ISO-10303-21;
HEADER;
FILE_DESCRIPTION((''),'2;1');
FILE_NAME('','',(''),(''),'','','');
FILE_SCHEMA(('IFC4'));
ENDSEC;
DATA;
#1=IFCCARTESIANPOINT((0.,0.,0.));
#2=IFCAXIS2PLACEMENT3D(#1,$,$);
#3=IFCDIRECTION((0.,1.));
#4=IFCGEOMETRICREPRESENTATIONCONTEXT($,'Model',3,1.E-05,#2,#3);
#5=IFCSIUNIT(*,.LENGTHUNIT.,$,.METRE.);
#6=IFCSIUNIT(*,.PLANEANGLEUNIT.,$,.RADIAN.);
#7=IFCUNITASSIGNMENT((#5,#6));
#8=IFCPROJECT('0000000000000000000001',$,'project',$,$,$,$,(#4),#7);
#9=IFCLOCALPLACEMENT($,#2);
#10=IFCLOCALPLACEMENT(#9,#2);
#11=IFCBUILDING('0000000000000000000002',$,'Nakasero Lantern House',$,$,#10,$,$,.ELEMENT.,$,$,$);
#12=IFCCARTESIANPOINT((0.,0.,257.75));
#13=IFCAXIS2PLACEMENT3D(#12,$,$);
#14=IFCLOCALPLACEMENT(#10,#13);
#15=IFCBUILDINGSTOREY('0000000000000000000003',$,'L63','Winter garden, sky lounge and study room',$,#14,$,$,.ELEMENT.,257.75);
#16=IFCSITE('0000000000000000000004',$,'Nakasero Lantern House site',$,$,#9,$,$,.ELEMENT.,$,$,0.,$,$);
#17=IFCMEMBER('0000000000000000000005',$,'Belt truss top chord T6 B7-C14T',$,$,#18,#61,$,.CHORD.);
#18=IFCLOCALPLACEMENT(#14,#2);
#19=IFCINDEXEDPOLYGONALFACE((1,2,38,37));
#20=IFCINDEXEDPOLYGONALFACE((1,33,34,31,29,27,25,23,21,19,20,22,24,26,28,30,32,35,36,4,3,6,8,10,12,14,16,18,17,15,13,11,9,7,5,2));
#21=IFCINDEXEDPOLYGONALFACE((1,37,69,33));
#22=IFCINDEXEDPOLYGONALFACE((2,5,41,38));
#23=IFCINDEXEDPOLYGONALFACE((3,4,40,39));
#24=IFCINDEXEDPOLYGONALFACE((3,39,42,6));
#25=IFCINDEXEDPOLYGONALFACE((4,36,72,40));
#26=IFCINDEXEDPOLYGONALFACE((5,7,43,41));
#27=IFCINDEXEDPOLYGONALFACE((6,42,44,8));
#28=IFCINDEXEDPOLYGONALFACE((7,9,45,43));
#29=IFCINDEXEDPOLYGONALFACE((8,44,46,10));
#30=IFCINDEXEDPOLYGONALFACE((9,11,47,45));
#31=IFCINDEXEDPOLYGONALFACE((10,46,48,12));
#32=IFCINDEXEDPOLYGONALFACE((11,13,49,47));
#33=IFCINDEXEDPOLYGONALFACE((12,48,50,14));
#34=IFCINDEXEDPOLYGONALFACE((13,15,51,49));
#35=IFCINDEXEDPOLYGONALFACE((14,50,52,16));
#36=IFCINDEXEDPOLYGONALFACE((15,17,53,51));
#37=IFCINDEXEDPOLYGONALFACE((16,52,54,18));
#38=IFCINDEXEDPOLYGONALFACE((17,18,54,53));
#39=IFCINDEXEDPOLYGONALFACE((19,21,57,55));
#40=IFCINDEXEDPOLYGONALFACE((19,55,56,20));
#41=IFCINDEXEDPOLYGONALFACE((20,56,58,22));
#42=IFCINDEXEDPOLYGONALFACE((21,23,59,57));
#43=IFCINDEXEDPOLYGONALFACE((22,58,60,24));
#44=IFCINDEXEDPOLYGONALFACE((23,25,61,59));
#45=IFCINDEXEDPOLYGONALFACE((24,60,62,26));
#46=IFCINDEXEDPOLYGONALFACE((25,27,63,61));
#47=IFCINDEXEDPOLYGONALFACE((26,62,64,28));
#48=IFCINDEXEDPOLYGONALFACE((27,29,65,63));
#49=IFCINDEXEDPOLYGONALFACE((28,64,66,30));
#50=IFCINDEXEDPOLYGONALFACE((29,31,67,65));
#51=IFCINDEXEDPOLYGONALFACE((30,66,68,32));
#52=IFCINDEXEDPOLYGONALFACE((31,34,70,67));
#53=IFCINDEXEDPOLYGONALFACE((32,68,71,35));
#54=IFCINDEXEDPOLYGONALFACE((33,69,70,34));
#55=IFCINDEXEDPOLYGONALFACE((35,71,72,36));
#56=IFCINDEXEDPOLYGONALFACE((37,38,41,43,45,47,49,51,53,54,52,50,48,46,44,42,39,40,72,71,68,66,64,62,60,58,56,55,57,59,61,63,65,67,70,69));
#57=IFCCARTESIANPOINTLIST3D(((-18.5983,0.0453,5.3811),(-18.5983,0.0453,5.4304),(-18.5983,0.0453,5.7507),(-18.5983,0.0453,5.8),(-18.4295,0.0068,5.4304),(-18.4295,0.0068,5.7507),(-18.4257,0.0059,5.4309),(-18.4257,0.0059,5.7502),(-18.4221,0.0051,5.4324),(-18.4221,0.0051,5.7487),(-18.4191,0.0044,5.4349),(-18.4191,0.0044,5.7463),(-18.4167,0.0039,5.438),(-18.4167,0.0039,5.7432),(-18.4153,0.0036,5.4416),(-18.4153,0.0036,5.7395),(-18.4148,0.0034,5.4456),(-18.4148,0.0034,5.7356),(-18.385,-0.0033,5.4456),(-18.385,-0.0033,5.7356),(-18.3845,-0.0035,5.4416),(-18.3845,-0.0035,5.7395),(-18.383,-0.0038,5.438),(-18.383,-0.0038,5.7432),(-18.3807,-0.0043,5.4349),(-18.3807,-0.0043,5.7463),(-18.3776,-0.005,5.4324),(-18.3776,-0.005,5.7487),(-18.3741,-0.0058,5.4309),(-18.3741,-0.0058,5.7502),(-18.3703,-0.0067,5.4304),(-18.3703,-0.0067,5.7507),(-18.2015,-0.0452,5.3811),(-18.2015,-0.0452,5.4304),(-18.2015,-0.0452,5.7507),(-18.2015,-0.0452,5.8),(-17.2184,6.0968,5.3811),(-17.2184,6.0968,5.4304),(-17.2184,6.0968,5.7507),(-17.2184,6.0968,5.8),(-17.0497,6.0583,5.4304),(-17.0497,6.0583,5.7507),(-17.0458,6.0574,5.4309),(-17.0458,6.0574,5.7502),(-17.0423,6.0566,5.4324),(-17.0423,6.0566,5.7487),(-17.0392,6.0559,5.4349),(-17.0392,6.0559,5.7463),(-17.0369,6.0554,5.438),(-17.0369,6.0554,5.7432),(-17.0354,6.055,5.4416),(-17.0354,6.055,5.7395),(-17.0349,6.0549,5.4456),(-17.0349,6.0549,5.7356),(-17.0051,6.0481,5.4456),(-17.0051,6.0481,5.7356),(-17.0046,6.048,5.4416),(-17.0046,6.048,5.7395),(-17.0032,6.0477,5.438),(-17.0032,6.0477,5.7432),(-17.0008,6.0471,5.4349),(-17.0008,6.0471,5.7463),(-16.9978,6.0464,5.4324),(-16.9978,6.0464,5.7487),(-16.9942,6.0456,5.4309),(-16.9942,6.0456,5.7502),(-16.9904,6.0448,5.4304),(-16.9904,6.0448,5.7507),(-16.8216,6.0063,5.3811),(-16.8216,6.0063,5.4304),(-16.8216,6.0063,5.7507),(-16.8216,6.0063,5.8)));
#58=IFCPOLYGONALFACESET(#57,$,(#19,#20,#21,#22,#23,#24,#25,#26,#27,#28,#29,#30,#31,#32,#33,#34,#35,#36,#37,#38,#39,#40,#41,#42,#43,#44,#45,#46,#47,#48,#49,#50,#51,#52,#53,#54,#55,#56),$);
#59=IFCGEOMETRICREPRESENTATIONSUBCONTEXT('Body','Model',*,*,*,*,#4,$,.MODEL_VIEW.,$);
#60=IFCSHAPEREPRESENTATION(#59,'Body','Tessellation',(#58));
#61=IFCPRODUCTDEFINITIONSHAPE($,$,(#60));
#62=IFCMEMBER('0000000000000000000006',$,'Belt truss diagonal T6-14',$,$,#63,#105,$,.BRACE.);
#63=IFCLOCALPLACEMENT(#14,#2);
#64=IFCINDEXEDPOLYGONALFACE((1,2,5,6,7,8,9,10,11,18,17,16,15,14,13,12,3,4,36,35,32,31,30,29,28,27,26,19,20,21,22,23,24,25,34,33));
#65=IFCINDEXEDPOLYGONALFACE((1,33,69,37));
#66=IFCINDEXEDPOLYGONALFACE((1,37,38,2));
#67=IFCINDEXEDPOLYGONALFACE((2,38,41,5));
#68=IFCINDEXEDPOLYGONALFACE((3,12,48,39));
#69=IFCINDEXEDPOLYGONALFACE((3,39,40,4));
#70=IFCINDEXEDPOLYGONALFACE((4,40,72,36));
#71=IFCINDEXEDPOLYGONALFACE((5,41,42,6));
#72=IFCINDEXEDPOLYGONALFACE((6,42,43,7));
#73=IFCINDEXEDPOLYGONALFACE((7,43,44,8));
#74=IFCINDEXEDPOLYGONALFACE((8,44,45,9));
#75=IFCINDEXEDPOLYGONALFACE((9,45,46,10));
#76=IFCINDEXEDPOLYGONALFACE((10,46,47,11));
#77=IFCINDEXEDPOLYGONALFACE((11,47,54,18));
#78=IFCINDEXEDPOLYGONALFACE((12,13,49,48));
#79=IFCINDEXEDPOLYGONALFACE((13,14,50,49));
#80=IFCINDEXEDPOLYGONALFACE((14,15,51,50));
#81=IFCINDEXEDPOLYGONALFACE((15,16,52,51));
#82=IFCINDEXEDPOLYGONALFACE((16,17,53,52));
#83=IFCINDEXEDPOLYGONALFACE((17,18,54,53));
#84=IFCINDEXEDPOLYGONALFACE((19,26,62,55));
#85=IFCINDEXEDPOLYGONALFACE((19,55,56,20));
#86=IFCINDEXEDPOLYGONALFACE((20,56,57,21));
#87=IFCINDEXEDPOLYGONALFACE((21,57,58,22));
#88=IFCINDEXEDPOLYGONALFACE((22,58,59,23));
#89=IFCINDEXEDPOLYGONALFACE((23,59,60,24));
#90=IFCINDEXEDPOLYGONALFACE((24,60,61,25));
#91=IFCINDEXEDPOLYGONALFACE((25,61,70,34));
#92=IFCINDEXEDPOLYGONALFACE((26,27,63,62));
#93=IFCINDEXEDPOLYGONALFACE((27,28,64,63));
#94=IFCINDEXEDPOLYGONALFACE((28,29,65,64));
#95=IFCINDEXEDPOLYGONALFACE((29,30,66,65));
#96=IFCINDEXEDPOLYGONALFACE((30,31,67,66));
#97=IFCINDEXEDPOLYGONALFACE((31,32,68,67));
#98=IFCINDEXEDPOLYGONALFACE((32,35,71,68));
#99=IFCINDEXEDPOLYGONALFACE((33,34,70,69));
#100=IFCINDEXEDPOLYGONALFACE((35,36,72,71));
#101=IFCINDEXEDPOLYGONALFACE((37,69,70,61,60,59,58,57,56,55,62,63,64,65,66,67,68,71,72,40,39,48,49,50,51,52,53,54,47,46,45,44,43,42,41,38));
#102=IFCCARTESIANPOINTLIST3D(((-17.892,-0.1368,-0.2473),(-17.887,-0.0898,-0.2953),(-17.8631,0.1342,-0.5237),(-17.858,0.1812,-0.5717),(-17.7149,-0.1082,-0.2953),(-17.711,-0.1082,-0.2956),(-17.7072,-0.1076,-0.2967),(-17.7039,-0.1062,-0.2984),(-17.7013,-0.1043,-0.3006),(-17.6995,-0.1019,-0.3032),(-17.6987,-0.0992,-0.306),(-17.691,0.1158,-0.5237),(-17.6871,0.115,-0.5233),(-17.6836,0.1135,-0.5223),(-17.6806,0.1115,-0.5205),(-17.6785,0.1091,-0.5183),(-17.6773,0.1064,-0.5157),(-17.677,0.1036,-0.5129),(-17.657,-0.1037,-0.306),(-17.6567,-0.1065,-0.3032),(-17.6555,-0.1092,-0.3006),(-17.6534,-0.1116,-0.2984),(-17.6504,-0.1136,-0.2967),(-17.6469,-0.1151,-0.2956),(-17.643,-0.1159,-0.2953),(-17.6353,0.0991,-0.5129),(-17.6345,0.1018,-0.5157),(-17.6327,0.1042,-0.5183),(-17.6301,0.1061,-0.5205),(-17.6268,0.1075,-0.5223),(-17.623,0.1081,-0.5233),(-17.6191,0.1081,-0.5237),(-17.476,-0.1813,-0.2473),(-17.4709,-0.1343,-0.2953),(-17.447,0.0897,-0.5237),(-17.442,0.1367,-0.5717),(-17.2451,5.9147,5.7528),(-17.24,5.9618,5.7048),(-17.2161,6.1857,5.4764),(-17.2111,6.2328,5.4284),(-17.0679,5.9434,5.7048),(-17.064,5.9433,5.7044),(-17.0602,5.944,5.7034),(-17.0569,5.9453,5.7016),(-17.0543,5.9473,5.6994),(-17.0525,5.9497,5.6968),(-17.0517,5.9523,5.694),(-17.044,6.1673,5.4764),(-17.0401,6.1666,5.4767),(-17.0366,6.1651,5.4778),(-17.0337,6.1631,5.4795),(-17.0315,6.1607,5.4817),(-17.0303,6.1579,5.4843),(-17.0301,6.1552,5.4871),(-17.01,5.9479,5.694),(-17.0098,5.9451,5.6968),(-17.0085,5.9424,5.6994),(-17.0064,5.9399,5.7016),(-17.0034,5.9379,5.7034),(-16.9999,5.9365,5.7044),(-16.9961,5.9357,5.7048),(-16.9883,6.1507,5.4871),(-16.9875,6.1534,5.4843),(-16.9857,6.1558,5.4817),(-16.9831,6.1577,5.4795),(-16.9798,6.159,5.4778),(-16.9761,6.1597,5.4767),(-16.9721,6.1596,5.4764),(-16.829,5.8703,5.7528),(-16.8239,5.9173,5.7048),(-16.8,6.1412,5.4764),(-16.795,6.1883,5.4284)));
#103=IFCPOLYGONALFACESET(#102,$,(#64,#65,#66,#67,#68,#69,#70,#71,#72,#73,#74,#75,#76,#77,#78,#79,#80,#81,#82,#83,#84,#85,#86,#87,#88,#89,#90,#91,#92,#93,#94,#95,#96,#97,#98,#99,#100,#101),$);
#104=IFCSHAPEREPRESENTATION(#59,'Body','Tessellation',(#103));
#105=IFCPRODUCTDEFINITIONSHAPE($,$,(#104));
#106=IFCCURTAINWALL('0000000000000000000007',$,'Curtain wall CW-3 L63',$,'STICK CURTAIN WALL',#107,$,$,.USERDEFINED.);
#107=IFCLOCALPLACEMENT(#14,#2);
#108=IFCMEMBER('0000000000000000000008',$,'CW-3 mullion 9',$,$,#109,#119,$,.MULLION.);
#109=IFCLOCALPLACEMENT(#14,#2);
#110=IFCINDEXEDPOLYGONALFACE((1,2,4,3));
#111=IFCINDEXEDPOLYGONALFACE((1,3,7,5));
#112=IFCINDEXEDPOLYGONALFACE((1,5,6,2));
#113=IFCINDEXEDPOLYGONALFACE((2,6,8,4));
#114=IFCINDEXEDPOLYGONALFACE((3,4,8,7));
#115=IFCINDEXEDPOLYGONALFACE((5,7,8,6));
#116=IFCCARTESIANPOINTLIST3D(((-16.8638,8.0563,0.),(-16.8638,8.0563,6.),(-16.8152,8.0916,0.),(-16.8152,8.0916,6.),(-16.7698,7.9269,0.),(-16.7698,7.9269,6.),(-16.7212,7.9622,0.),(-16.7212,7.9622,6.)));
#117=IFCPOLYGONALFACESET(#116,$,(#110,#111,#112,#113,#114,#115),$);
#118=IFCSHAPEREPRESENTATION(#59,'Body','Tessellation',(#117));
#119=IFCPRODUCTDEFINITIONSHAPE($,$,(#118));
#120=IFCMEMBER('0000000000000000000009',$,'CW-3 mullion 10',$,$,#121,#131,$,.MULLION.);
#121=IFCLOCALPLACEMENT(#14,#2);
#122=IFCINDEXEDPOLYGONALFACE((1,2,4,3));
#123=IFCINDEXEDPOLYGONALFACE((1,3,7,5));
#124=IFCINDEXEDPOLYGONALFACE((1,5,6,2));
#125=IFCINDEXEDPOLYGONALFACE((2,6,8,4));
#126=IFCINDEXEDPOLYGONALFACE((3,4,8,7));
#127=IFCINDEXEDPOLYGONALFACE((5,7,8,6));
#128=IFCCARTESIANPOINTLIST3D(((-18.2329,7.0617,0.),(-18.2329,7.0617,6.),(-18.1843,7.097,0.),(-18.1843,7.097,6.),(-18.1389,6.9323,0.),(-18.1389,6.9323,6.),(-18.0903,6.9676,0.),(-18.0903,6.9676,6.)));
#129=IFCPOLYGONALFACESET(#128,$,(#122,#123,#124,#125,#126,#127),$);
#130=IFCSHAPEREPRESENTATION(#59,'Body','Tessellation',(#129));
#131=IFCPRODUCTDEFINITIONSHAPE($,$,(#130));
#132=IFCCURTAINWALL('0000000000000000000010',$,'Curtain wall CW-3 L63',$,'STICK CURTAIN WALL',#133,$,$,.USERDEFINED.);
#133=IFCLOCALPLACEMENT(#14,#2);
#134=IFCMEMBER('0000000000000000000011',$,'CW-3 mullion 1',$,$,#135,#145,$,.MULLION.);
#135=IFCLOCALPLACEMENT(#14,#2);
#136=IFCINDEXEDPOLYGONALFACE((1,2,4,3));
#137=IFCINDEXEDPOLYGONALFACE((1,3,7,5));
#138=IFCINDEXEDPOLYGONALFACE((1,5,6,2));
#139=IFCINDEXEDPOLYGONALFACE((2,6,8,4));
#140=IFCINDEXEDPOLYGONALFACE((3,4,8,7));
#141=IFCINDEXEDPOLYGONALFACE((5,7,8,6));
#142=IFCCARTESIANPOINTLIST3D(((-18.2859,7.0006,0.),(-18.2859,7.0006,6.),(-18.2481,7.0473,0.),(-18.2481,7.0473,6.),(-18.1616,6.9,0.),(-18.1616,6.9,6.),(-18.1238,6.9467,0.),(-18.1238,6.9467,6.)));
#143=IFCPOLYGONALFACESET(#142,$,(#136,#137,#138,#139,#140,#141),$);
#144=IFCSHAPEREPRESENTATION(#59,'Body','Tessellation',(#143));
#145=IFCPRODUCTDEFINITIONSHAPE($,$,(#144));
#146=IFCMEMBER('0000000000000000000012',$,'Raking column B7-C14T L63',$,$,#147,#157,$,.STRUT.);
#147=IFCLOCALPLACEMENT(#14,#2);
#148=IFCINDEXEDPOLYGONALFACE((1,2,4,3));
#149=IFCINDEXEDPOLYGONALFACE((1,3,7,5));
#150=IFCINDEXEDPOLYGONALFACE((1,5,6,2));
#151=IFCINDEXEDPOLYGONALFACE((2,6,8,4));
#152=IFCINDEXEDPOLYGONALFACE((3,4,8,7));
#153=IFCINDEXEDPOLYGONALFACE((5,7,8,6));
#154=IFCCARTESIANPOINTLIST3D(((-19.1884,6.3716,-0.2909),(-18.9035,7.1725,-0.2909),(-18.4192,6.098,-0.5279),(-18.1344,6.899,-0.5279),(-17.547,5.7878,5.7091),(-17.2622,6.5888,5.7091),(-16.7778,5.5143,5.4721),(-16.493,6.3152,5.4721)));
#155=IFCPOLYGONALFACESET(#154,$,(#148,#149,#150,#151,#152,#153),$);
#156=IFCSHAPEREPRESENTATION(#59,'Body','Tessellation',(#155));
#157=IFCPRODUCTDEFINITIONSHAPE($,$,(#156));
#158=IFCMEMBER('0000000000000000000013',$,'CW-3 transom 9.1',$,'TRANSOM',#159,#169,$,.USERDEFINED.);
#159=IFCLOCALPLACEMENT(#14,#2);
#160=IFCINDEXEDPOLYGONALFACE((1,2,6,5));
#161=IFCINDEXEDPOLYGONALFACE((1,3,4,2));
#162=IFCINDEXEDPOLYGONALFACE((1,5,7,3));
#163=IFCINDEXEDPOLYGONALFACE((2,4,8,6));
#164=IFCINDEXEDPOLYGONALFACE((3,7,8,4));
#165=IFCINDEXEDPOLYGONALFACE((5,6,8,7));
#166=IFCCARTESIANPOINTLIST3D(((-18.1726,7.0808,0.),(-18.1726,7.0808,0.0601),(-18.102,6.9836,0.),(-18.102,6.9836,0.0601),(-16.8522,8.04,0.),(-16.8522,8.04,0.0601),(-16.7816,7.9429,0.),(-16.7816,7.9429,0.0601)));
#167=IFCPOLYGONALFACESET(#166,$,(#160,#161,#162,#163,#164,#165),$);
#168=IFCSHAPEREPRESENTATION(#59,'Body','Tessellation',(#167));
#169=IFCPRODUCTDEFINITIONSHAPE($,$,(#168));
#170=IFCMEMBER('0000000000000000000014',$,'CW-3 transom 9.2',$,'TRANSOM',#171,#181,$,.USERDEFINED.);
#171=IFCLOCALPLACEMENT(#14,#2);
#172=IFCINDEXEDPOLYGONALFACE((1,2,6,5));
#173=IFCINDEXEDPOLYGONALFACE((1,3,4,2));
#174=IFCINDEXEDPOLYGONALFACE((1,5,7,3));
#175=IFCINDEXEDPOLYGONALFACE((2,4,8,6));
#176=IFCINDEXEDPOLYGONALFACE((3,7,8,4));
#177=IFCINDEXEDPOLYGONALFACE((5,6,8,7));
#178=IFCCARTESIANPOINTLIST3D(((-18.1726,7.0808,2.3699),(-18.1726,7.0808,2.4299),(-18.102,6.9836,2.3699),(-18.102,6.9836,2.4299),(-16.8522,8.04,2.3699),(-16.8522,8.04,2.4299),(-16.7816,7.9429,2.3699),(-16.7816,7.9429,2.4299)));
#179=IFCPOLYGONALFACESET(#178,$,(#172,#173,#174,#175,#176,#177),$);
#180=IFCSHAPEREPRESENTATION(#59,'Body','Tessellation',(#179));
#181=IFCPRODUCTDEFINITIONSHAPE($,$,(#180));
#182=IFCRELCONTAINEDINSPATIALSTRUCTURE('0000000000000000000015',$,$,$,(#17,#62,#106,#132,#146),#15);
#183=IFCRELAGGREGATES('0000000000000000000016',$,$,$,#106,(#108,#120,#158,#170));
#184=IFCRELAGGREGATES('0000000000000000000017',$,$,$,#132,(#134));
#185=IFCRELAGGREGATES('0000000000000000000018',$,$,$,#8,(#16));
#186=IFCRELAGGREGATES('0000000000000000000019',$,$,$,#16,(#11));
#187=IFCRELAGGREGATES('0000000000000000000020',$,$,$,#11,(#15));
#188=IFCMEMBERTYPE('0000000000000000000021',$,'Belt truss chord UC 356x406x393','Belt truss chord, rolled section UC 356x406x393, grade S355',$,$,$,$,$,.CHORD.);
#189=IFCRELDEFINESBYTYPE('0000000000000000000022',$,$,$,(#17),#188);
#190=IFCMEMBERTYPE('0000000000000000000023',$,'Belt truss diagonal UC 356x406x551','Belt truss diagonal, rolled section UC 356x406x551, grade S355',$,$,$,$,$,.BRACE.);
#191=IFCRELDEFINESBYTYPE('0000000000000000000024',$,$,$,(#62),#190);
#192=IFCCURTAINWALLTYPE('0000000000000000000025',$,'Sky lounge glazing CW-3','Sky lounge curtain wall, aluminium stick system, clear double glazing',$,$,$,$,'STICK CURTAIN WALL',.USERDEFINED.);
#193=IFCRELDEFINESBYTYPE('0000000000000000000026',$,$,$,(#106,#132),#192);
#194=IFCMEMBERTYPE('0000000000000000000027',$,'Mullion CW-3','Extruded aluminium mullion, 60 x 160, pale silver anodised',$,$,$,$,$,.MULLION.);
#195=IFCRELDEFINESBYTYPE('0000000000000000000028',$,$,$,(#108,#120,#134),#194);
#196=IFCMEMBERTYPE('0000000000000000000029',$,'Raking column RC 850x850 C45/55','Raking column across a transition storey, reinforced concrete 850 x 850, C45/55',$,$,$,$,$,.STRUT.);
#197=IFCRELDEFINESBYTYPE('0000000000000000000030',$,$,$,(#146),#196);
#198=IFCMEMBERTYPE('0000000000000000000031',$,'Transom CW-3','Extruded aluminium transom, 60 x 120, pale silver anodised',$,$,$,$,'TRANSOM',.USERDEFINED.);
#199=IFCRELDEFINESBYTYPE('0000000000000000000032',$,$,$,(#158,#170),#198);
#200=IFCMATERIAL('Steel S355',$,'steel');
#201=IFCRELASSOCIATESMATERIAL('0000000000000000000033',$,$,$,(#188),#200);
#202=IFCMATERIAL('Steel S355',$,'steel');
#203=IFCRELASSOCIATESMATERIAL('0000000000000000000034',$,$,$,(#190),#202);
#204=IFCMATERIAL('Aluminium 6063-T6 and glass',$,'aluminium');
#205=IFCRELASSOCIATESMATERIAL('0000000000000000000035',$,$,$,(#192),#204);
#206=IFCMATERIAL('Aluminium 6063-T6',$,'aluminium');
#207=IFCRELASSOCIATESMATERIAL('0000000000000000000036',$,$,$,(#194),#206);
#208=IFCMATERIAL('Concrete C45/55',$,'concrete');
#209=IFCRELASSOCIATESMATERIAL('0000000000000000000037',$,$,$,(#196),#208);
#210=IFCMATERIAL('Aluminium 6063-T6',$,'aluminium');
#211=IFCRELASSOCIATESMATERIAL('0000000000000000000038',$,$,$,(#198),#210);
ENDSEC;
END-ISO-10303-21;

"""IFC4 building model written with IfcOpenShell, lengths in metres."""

from ifc_helpers import new_model, si_unit, direction, frame, origin, origin_2d, place, context, subcontext, project, spatial, rectangle, i_section, extrude, material, material_profile, profile_set, type_object, element, aggregate, save


model = new_model("IFC4")

# Units and contexts
model_context = context("Model", 3, precision=1e-05, world=origin(), true_north=direction((0.0, 1.0)))
body_context = subcontext(model_context, "Body", "Model", "MODEL_VIEW")
ifc_project = project(units=[si_unit("LENGTHUNIT", "METRE"), si_unit("PLANEANGLEUNIT", "RADIAN")], contexts=[model_context])

# Site, building, storey
site_placement = place(None, origin())
site = spatial("IfcSite", under=ifc_project, at=site_placement, Name="Nakasero Lantern House site", CompositionType="ELEMENT", RefElevation=0.0)
building_placement = place(site_placement, origin())
building = spatial("IfcBuilding", under=site, at=building_placement, Name="Nakasero Lantern House", CompositionType="ELEMENT")
storey_placement = place(building_placement, frame((0.0, 0.0, 257.75)))
storey = spatial("IfcBuildingStorey", under=building, at=storey_placement, Name="L63", Description="Winter garden, sky lounge and study room", CompositionType="ELEMENT", Elevation=257.75)

# Members
ifc_material_1 = material(Name="Steel S355", Category="steel")
ifc_material_profile_1 = material_profile(ifc_material_1, i_section(OverallWidth=0.407, OverallDepth=0.4189, WebThickness=0.0305, FlangeThickness=0.0493, FilletRadius=0.0151, at=origin_2d()), Name="UC 356x406x393")
ifc_profile_set_1 = profile_set([ifc_material_profile_1], Name="Steel S355")
member_type_1 = type_object("IfcMemberType", Name="Belt truss chord UC 356x406x393", Description="Belt truss chord, rolled section UC 356x406x393, grade S355", PredefinedType="CHORD", material=ifc_profile_set_1)
member_1_placement = place(storey_placement, frame((-17.02, 6.0515, 5.5906), z_axis=(-0.222316, -0.974975, 0.0), x_axis=(0.974975, -0.222316, 0.0)))
element("IfcMember", 1, at=member_1_placement, inside=storey, type_object=member_type_1, Name="Belt truss top chord T6 B7-C14T", PredefinedType="CHORD", context=body_context, shape_type="SweptSolid", body=[
    extrude(i_section(OverallWidth=0.407, OverallDepth=0.4189, WebThickness=0.0305, FlangeThickness=0.0493, FilletRadius=0.0151, at=origin_2d()), origin(), (0.0, 0.0, 1.0), 6.2068),
])
ifc_material_2 = material(Name="Steel S355", Category="steel")
ifc_material_profile_2 = material_profile(ifc_material_2, i_section(OverallWidth=0.4185, OverallDepth=0.4556, WebThickness=0.042, FlangeThickness=0.0674, FilletRadius=0.0151, at=origin_2d()), Name="UC 356x406x551")
ifc_profile_set_2 = profile_set([ifc_material_profile_2], Name="Steel S355")
member_type_2 = type_object("IfcMemberType", Name="Belt truss diagonal UC 356x406x551", Description="Belt truss diagonal, rolled section UC 356x406x551, grade S355", PredefinedType="BRACE", material=ifc_profile_set_2)
member_2_placement = place(storey_placement, frame((-17.02, 6.0515, 5.5906), z_axis=(-0.075702, -0.708085, -0.702057), x_axis=(0.994334, -0.106305, 0.0)))
element("IfcMember", 2, at=member_2_placement, inside=storey, type_object=member_type_2, Name="Belt truss diagonal T6-14", PredefinedType="BRACE", context=body_context, shape_type="SweptSolid", body=[
    extrude(i_section(OverallWidth=0.4185, OverallDepth=0.4556, WebThickness=0.042, FlangeThickness=0.0674, FilletRadius=0.0151, at=origin_2d()), origin(), (0.0, 0.0, 1.0), 8.5464),
])

# Curtain wall, members
ifc_material_3 = material(Name="Aluminium 6063-T6 and glass", Category="aluminium")
curtain_wall_type = type_object("IfcCurtainWallType", Name="Sky lounge glazing CW-3", Description="Sky lounge curtain wall, aluminium stick system, clear double glazing", ElementType="STICK CURTAIN WALL", PredefinedType="USERDEFINED", material=ifc_material_3)
curtain_wall_1_placement = place(storey_placement, origin())
curtain_wall_1 = element("IfcCurtainWall", 3, at=curtain_wall_1_placement, inside=storey, type_object=curtain_wall_type, Name="Curtain wall CW-3 L63", ObjectType="STICK CURTAIN WALL", PredefinedType="USERDEFINED")
ifc_material_4 = material(Name="Aluminium 6063-T6", Category="aluminium")
ifc_material_profile_3 = material_profile(ifc_material_4, rectangle(XDim=0.0601, YDim=0.1599, at=origin_2d()), Name="CW-3 mullion 60x160")
ifc_profile_set_3 = profile_set([ifc_material_profile_3], Name="Aluminium 6063-T6")
member_type_3 = type_object("IfcMemberType", Name="Mullion CW-3", Description="Extruded aluminium mullion, 60 x 160, pale silver anodised", PredefinedType="MULLION", material=ifc_profile_set_3)
member_3_placement = place(storey_placement, frame((-16.7925, 8.0093, 0.0), z_axis=(0.0, 0.0, 1.0), x_axis=(-0.809017, -0.587785, 0.0)))
member_3 = element("IfcMember", 4, at=member_3_placement, type_object=member_type_3, Name="CW-3 mullion 9", PredefinedType="MULLION", context=body_context, shape_type="SweptSolid", body=[
    extrude(rectangle(XDim=0.0601, YDim=0.1599, at=origin_2d()), origin(), (0.0, 0.0, 1.0), 6.0),
])
member_4_placement = place(storey_placement, frame((-18.1616, 7.0146, 0.0), z_axis=(0.0, 0.0, 1.0), x_axis=(-0.809017, -0.587785, 0.0)))
member_4 = element("IfcMember", 5, at=member_4_placement, type_object=member_type_3, Name="CW-3 mullion 10", PredefinedType="MULLION", context=body_context, shape_type="SweptSolid", body=[
    extrude(rectangle(XDim=0.0601, YDim=0.1599, at=origin_2d()), origin(), (0.0, 0.0, 1.0), 6.0),
])

# Curtain wall, member
curtain_wall_2_placement = place(storey_placement, origin())
curtain_wall_2 = element("IfcCurtainWall", 6, at=curtain_wall_2_placement, inside=storey, type_object=curtain_wall_type, Name="Curtain wall CW-3 L63", ObjectType="STICK CURTAIN WALL", PredefinedType="USERDEFINED")
member_5_placement = place(storey_placement, frame((-18.2048, 6.9736, 0.0), z_axis=(0.0, 0.0, 1.0), x_axis=(-0.62932, -0.777146, 0.0)))
member_5 = element("IfcMember", 7, at=member_5_placement, type_object=member_type_3, Name="CW-3 mullion 1", PredefinedType="MULLION", context=body_context, shape_type="SweptSolid", body=[
    extrude(rectangle(XDim=0.0601, YDim=0.1599, at=origin_2d()), origin(), (0.0, 0.0, 1.0), 6.0),
])

# Members
ifc_material_5 = material(Name="Concrete C45/55", Category="concrete")
ifc_material_profile_4 = material_profile(ifc_material_5, rectangle(XDim=0.8501, YDim=0.8501, at=origin_2d()), Name="RC 850x850")
ifc_profile_set_4 = profile_set([ifc_material_profile_4], Name="Concrete C45/55")
member_type_4 = type_object("IfcMemberType", Name="Raking column RC 850x850 C45/55", Description="Raking column across a transition storey, reinforced concrete 850 x 850, C45/55", PredefinedType="STRUT", material=ifc_profile_set_4)
member_6_placement = place(storey_placement, frame((-18.6614, 6.6353, -0.4094), z_axis=(0.26271, -0.093432, 0.96034), x_axis=(0.335084, 0.942188, 0.0)))
element("IfcMember", 8, at=member_6_placement, inside=storey, type_object=member_type_4, Name="Raking column B7-C14T L63", PredefinedType="STRUT", context=body_context, shape_type="SweptSolid", body=[
    extrude(rectangle(XDim=0.8501, YDim=0.8501, at=origin_2d()), origin(), (0.0, 0.0, 1.0), 6.2478),
])
ifc_material_6 = material(Name="Aluminium 6063-T6", Category="aluminium")
ifc_material_profile_5 = material_profile(ifc_material_6, rectangle(XDim=0.0601, YDim=0.1201, at=origin_2d()), Name="CW-3 transom 60x120")
ifc_profile_set_5 = profile_set([ifc_material_profile_5], Name="Aluminium 6063-T6")
member_type_5 = type_object("IfcMemberType", Name="Transom CW-3", Description="Extruded aluminium transom, 60 x 120, pale silver anodised", ElementType="TRANSOM", PredefinedType="USERDEFINED", material=ifc_profile_set_5)
member_7_placement = place(storey_placement, frame((-16.8169, 7.9915, 0.03), z_axis=(-0.809027, -0.587771, 0.0), x_axis=(0.0, 0.0, 1.0)))
member_7 = element("IfcMember", 9, at=member_7_placement, type_object=member_type_5, Name="CW-3 transom 9.1", ObjectType="TRANSOM", PredefinedType="USERDEFINED", context=body_context, shape_type="SweptSolid", body=[
    extrude(rectangle(XDim=0.0601, YDim=0.1201, at=origin_2d()), origin(), (0.0, 0.0, 1.0), 1.6321),
])
member_8_placement = place(storey_placement, frame((-16.8169, 7.9915, 2.3999), z_axis=(-0.809027, -0.587771, 0.0), x_axis=(0.0, 0.0, 1.0)))
member_8 = element("IfcMember", 10, at=member_8_placement, type_object=member_type_5, Name="CW-3 transom 9.2", ObjectType="TRANSOM", PredefinedType="USERDEFINED", context=body_context, shape_type="SweptSolid", body=[
    extrude(rectangle(XDim=0.0601, YDim=0.1201, at=origin_2d()), origin(), (0.0, 0.0, 1.0), 1.6321),
])

aggregate(curtain_wall_1, [member_3, member_4, member_7, member_8])
aggregate(curtain_wall_2, [member_5])

save(model, "model.ifc")
